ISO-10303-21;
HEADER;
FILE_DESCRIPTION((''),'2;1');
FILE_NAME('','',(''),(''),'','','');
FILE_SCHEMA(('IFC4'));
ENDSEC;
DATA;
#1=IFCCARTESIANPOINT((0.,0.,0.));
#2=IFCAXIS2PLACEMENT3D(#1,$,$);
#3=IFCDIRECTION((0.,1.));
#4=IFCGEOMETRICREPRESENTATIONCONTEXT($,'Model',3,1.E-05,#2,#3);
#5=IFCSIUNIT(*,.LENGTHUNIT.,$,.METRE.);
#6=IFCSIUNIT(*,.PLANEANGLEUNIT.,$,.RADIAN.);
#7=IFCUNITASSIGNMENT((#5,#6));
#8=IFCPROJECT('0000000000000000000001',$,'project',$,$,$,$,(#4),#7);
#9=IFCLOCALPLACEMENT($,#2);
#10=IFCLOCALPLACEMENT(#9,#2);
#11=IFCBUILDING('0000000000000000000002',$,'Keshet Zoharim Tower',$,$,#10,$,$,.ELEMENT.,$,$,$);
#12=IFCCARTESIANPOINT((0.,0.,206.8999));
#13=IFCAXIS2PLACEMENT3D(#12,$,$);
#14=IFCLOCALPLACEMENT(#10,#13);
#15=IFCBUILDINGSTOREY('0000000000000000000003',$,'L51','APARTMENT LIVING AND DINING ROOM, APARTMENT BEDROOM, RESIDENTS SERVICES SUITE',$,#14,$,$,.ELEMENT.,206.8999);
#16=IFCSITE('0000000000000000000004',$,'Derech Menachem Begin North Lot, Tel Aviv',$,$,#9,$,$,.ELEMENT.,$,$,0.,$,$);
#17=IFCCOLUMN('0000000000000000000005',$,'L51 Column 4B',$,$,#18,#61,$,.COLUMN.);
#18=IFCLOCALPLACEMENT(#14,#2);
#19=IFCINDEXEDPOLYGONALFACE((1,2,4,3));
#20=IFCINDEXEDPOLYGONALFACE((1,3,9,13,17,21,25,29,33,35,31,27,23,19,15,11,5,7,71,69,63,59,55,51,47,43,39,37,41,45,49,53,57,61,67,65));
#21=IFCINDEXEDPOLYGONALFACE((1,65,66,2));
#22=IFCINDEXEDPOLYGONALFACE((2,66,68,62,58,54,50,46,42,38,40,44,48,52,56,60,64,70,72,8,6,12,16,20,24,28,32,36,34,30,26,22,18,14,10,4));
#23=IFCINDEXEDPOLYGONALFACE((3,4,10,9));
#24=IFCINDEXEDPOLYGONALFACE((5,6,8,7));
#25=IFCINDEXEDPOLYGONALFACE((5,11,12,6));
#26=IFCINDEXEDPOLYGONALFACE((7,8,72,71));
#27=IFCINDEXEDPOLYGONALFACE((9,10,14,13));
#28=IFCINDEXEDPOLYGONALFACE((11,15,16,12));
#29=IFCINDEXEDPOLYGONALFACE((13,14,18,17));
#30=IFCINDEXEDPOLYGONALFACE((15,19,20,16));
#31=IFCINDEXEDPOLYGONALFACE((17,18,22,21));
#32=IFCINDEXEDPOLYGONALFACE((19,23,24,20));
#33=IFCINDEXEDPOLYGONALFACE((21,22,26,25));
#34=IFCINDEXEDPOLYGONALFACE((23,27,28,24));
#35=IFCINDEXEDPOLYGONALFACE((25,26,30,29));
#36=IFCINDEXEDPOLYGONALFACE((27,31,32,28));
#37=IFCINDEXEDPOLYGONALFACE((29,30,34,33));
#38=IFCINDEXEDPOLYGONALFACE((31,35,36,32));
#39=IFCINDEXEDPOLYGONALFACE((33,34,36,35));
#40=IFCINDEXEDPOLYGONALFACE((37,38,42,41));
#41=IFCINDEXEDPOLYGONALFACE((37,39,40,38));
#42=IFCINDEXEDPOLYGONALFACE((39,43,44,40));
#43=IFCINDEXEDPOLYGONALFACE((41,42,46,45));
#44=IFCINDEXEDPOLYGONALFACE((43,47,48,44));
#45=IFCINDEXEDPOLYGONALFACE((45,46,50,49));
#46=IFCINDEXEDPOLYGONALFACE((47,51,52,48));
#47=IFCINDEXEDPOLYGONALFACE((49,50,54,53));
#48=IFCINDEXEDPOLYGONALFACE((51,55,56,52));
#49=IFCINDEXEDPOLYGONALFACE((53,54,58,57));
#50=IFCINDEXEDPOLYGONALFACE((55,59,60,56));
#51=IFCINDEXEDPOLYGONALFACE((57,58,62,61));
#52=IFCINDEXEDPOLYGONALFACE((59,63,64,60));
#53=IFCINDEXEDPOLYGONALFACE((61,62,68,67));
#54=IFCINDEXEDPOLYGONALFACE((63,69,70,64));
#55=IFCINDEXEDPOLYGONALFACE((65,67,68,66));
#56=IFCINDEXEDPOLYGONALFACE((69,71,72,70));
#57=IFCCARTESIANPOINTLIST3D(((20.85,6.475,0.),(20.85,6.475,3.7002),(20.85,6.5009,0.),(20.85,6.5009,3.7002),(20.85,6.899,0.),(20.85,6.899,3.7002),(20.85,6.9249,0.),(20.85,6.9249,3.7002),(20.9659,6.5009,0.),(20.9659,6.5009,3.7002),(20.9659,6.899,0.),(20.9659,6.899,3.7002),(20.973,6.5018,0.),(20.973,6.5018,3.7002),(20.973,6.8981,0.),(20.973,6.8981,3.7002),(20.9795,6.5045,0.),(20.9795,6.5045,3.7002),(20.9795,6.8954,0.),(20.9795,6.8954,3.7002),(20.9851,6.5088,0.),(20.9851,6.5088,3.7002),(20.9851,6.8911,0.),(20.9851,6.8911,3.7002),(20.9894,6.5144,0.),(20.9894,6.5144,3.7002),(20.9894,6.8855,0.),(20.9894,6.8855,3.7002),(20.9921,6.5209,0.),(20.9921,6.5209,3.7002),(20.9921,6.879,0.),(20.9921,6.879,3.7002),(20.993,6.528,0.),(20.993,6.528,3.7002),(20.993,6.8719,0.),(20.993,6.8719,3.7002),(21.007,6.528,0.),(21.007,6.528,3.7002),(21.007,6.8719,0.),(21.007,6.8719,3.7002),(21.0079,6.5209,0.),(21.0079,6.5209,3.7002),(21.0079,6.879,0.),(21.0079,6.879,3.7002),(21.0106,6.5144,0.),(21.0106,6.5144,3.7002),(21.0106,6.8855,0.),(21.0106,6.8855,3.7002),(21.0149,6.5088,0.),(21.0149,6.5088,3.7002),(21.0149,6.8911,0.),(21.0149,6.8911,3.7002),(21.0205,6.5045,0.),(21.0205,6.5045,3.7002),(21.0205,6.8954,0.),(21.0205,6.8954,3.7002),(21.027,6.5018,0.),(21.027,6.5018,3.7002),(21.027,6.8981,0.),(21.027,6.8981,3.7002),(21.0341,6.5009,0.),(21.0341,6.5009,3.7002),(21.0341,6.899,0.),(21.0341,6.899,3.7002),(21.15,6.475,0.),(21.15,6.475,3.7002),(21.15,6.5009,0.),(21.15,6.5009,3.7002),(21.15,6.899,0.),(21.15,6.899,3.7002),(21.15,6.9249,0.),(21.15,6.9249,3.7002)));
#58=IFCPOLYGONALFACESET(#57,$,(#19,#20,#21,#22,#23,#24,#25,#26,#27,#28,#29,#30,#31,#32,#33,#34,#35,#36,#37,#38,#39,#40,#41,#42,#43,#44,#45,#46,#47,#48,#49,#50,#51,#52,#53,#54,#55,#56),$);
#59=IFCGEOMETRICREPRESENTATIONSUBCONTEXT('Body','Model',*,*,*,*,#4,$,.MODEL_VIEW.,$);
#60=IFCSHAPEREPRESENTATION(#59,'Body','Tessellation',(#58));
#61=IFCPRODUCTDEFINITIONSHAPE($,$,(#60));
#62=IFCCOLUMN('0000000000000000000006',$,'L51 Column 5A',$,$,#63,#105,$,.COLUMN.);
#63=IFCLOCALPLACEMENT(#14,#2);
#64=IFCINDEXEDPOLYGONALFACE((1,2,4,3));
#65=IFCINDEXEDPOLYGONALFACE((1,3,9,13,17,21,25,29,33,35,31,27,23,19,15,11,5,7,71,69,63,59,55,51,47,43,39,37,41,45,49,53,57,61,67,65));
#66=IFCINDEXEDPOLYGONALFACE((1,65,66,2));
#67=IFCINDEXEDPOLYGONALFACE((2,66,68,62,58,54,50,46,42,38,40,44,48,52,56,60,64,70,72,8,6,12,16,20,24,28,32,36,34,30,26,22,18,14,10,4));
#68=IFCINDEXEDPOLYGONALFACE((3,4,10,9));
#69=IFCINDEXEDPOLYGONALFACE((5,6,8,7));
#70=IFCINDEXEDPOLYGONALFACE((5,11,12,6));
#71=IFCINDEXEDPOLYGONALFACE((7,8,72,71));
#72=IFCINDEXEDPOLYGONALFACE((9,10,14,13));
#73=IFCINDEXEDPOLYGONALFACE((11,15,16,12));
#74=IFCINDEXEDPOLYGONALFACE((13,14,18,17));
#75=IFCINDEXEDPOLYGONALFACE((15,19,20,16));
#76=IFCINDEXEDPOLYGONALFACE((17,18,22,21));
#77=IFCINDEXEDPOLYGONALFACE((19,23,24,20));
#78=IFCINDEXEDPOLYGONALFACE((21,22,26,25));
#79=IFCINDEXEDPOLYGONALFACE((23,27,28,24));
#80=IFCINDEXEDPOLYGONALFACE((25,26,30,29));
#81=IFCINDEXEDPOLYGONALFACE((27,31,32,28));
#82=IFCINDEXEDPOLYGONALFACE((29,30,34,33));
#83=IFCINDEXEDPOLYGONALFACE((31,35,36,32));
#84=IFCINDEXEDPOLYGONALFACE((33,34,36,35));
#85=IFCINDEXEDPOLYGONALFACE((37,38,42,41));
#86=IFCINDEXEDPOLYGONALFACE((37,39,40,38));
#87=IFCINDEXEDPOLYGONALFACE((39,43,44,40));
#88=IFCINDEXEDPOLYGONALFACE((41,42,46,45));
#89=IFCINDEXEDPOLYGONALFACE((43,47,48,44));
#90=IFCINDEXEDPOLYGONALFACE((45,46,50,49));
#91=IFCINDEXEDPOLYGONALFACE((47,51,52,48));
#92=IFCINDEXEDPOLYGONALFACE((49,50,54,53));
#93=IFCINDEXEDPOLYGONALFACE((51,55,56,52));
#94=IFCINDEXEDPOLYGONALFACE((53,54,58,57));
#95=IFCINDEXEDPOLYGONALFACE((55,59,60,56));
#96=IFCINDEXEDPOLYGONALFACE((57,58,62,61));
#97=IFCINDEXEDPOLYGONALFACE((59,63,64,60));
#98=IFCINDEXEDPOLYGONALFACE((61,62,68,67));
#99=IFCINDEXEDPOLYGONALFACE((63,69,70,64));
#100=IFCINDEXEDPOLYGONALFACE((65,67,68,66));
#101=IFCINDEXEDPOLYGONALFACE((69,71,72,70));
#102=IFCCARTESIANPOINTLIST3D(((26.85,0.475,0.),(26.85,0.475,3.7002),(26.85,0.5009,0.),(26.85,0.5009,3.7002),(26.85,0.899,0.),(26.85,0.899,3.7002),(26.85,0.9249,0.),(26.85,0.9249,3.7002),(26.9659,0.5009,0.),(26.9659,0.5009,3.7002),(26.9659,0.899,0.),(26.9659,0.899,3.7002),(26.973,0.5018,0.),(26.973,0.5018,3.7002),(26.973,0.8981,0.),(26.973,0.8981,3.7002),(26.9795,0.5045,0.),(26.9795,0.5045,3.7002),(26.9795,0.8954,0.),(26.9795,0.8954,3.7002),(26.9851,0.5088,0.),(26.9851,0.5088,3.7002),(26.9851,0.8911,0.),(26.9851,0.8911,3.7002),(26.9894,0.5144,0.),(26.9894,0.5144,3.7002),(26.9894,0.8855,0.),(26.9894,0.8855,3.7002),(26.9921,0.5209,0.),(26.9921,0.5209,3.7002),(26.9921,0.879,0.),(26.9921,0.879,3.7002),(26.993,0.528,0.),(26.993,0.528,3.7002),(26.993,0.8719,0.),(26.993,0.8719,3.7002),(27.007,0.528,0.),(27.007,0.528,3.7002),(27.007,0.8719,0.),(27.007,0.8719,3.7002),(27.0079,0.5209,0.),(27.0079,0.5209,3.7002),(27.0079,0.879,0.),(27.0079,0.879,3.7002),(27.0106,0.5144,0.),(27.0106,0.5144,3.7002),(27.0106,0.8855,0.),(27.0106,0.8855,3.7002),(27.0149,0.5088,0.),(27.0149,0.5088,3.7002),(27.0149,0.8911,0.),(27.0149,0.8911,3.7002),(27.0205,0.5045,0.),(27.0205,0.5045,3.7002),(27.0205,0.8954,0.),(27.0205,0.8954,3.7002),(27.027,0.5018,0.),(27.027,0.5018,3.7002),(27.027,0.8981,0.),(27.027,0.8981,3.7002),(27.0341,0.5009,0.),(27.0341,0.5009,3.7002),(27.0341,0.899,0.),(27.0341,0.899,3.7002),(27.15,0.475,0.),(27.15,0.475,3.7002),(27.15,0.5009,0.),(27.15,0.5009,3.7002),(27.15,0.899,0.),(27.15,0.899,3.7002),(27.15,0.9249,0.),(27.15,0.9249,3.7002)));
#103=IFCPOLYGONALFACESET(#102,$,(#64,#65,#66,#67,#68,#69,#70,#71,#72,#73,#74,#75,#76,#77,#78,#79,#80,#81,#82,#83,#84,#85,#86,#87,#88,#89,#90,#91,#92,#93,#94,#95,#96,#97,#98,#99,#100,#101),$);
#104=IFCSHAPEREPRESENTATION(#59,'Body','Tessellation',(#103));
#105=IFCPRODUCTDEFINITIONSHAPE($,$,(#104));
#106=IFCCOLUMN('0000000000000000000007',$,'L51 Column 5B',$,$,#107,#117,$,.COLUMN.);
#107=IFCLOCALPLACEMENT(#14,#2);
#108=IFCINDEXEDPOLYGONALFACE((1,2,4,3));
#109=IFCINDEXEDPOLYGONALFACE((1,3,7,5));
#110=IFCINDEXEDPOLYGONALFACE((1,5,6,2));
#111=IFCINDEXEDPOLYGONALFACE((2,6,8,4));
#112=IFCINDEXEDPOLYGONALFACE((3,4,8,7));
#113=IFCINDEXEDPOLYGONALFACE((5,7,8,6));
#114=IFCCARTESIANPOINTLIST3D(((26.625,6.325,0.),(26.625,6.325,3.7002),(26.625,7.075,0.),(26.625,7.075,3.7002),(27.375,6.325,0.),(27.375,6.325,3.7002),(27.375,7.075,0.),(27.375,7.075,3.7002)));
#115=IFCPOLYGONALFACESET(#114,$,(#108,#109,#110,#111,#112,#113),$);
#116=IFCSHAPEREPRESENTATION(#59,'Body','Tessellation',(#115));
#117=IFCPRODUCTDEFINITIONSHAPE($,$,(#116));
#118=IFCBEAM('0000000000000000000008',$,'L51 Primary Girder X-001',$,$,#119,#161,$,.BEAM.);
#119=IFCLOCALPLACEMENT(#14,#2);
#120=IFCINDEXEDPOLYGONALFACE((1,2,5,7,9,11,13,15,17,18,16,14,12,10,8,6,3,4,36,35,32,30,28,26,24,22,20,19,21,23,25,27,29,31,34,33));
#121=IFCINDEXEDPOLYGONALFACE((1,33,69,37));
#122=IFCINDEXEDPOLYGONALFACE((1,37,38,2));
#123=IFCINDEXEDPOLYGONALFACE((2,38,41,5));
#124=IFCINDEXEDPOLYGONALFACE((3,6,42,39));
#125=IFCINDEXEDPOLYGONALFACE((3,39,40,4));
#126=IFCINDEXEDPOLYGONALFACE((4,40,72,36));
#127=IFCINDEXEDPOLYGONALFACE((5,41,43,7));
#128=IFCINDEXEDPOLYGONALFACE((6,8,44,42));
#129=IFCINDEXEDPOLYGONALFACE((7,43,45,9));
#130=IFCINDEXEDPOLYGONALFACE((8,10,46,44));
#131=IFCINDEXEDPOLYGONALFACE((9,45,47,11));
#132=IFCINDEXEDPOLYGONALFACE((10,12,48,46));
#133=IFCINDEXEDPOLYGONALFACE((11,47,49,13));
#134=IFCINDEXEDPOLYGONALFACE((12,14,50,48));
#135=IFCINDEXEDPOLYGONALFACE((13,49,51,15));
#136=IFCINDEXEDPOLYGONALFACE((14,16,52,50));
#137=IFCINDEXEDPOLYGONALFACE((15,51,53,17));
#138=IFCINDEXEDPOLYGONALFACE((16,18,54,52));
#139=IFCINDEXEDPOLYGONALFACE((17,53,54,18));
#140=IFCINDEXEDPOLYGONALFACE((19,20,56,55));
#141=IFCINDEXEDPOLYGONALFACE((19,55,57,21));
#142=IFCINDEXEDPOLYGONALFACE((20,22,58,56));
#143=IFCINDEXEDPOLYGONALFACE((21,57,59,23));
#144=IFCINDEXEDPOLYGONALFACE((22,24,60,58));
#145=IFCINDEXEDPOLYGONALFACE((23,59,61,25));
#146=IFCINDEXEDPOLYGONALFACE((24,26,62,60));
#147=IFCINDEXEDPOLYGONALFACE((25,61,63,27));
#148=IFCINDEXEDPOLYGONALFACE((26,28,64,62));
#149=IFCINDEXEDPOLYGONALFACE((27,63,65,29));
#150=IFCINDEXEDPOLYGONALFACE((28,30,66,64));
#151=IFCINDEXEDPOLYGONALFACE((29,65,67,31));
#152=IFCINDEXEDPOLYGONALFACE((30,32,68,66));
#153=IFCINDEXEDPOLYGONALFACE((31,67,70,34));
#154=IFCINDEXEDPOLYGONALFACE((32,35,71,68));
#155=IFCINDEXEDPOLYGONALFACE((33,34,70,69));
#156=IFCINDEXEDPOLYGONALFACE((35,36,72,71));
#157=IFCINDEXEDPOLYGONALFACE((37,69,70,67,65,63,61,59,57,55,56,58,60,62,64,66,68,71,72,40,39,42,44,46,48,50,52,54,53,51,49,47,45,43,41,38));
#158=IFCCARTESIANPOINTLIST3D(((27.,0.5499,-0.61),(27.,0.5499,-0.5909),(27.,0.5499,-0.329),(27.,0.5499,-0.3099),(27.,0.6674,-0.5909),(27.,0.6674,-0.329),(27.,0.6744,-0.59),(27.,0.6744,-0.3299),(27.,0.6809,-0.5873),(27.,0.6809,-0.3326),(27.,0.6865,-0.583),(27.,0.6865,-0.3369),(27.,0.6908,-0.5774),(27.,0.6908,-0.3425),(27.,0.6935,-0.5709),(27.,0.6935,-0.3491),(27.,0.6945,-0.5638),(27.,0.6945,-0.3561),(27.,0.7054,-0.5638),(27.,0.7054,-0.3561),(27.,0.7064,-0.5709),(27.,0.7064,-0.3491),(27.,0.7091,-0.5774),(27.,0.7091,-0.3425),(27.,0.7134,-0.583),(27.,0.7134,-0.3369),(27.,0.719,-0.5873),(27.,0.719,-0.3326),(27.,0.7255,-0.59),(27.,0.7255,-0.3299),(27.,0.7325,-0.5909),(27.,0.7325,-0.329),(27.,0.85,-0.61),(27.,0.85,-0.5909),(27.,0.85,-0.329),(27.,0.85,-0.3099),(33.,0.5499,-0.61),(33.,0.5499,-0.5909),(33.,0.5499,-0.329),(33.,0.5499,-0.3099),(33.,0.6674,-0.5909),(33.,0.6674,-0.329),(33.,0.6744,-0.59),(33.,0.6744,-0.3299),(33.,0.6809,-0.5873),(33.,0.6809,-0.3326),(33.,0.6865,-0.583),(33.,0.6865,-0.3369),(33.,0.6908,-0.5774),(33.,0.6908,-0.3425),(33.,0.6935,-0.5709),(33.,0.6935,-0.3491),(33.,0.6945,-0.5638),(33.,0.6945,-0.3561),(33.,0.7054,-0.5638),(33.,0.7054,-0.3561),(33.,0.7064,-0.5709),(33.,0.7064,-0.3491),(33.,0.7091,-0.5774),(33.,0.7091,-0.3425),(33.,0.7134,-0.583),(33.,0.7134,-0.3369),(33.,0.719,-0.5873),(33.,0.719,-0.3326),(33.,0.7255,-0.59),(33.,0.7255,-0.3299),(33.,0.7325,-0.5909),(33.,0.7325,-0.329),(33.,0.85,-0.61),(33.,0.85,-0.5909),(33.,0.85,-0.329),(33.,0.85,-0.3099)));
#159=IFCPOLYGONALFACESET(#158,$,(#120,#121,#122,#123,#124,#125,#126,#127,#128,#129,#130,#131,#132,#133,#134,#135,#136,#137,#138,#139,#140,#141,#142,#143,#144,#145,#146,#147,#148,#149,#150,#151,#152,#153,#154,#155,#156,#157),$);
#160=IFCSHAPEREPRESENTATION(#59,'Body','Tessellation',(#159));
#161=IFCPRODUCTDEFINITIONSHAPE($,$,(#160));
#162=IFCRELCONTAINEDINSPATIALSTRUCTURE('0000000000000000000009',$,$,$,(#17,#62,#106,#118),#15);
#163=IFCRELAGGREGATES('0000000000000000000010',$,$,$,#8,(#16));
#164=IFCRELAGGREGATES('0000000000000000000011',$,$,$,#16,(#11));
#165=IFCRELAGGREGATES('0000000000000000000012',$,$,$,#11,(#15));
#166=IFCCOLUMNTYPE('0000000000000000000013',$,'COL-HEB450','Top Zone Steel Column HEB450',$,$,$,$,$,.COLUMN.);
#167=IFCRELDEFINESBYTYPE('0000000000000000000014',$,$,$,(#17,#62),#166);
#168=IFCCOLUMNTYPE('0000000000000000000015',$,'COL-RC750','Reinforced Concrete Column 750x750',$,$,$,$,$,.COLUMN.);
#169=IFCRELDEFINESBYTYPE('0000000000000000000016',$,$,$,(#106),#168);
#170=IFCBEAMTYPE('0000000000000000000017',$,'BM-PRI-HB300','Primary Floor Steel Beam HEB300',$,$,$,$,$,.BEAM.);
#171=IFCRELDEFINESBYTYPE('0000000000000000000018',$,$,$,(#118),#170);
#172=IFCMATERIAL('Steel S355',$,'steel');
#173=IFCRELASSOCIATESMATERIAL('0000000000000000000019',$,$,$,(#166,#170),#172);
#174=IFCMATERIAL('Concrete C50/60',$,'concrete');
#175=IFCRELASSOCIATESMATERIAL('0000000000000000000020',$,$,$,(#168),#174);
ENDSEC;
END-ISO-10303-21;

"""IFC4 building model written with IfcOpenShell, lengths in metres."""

from ifc_helpers import new_model, si_unit, direction, frame, origin, origin_2d, place, context, subcontext, project, spatial, rectangle, i_section, extrude, material, material_profile, profile_set, type_object, element, save


model = new_model("IFC4")

# Units and contexts
model_context = context("Model", 3, precision=1e-05, world=origin(), true_north=direction((0.0, 1.0)))
body_context = subcontext(model_context, "Body", "Model", "MODEL_VIEW")
ifc_project = project(units=[si_unit("LENGTHUNIT", "METRE"), si_unit("PLANEANGLEUNIT", "RADIAN")], contexts=[model_context])

# Site, building, storey
site_placement = place(None, origin())
site = spatial("IfcSite", under=ifc_project, at=site_placement, Name="Derech Menachem Begin North Lot, Tel Aviv", CompositionType="ELEMENT", RefElevation=0.0)
building_placement = place(site_placement, origin())
building = spatial("IfcBuilding", under=site, at=building_placement, Name="Keshet Zoharim Tower", CompositionType="ELEMENT")
storey_placement = place(building_placement, frame((0.0, 0.0, 206.8999)))
storey = spatial("IfcBuildingStorey", under=building, at=storey_placement, Name="L51", Description="APARTMENT LIVING AND DINING ROOM, APARTMENT BEDROOM, RESIDENTS SERVICES SUITE", CompositionType="ELEMENT", Elevation=206.8999)

# Columns
ifc_material_1 = material(Name="Steel S355", Category="steel")
ifc_material_profile_1 = material_profile(ifc_material_1, i_section(OverallWidth=0.3, OverallDepth=0.45, WebThickness=0.0139, FlangeThickness=0.0259, FilletRadius=0.0271, at=origin_2d()), Name="HEB450")
ifc_profile_set_1 = profile_set([ifc_material_profile_1], Name="Steel S355")
column_type_1 = type_object("IfcColumnType", Name="COL-HEB450", Description="Top Zone Steel Column HEB450", PredefinedType="COLUMN", material=ifc_profile_set_1)
for number, where, z_axis, x_axis, name in (
    (1, (21.0, 6.7, 0.0), (0.0, 0.0, 1.0), (1.0, 0.0, 0.0), "L51 Column 4B"),
    (2, (27.0, 0.7, 0.0), (0.0, 0.0, 1.0), (1.0, 0.0, 0.0), "L51 Column 5A"),
):
    element("IfcColumn", number, at=place(storey_placement, frame(where, z_axis=z_axis, x_axis=x_axis)), inside=storey, type_object=column_type_1, Name=name, PredefinedType="COLUMN", context=body_context, shape_type="SweptSolid", body=[
        extrude(i_section(OverallWidth=0.3, OverallDepth=0.45, WebThickness=0.0139, FlangeThickness=0.0259, FilletRadius=0.0271, at=origin_2d()), origin(), (0.0, 0.0, 1.0), 3.7002),
    ])
ifc_material_2 = material(Name="Concrete C50/60", Category="concrete")
ifc_material_profile_2 = material_profile(ifc_material_2, rectangle(XDim=0.75, YDim=0.75, at=origin_2d()), Name="RC750x750")
ifc_profile_set_2 = profile_set([ifc_material_profile_2], Name="Concrete C50/60")
column_type_2 = type_object("IfcColumnType", Name="COL-RC750", Description="Reinforced Concrete Column 750x750", PredefinedType="COLUMN", material=ifc_profile_set_2)
column_placement = place(storey_placement, frame((27.0, 6.7, 0.0), z_axis=(0.0, 0.0, 1.0), x_axis=(1.0, 0.0, 0.0)))
element("IfcColumn", 3, at=column_placement, inside=storey, type_object=column_type_2, Name="L51 Column 5B", PredefinedType="COLUMN", context=body_context, shape_type="SweptSolid", body=[
    extrude(rectangle(XDim=0.75, YDim=0.75, at=origin_2d()), origin(), (0.0, 0.0, 1.0), 3.7002),
])

# Beam
ifc_material_profile_3 = material_profile(ifc_material_1, i_section(OverallWidth=0.3, OverallDepth=0.3, WebThickness=0.011, FlangeThickness=0.019, FilletRadius=0.0271, at=origin_2d()), Name="HEB300")
ifc_profile_set_3 = profile_set([ifc_material_profile_3], Name="Steel S355")
beam_type_1 = type_object("IfcBeamType", Name="BM-PRI-HB300", Description="Primary Floor Steel Beam HEB300", PredefinedType="BEAM", material=ifc_profile_set_3)
for number, where, z_axis, x_axis, name in (
    (4, (27.0, 0.7, -0.46), (1.0, 0.0, 0.0), (0.0, 1.0, 0.0), "L51 Primary Girder X-001"),
):
    element("IfcBeam", number, at=place(storey_placement, frame(where, z_axis=z_axis, x_axis=x_axis)), inside=storey, type_object=beam_type_1, Name=name, PredefinedType="BEAM", context=body_context, shape_type="SweptSolid", body=[
        extrude(i_section(OverallWidth=0.3, OverallDepth=0.3, WebThickness=0.011, FlangeThickness=0.019, FilletRadius=0.0271, at=origin_2d()), origin(), (0.0, 0.0, 1.0), 6.0),
    ])

save(model, "model.ifc")
